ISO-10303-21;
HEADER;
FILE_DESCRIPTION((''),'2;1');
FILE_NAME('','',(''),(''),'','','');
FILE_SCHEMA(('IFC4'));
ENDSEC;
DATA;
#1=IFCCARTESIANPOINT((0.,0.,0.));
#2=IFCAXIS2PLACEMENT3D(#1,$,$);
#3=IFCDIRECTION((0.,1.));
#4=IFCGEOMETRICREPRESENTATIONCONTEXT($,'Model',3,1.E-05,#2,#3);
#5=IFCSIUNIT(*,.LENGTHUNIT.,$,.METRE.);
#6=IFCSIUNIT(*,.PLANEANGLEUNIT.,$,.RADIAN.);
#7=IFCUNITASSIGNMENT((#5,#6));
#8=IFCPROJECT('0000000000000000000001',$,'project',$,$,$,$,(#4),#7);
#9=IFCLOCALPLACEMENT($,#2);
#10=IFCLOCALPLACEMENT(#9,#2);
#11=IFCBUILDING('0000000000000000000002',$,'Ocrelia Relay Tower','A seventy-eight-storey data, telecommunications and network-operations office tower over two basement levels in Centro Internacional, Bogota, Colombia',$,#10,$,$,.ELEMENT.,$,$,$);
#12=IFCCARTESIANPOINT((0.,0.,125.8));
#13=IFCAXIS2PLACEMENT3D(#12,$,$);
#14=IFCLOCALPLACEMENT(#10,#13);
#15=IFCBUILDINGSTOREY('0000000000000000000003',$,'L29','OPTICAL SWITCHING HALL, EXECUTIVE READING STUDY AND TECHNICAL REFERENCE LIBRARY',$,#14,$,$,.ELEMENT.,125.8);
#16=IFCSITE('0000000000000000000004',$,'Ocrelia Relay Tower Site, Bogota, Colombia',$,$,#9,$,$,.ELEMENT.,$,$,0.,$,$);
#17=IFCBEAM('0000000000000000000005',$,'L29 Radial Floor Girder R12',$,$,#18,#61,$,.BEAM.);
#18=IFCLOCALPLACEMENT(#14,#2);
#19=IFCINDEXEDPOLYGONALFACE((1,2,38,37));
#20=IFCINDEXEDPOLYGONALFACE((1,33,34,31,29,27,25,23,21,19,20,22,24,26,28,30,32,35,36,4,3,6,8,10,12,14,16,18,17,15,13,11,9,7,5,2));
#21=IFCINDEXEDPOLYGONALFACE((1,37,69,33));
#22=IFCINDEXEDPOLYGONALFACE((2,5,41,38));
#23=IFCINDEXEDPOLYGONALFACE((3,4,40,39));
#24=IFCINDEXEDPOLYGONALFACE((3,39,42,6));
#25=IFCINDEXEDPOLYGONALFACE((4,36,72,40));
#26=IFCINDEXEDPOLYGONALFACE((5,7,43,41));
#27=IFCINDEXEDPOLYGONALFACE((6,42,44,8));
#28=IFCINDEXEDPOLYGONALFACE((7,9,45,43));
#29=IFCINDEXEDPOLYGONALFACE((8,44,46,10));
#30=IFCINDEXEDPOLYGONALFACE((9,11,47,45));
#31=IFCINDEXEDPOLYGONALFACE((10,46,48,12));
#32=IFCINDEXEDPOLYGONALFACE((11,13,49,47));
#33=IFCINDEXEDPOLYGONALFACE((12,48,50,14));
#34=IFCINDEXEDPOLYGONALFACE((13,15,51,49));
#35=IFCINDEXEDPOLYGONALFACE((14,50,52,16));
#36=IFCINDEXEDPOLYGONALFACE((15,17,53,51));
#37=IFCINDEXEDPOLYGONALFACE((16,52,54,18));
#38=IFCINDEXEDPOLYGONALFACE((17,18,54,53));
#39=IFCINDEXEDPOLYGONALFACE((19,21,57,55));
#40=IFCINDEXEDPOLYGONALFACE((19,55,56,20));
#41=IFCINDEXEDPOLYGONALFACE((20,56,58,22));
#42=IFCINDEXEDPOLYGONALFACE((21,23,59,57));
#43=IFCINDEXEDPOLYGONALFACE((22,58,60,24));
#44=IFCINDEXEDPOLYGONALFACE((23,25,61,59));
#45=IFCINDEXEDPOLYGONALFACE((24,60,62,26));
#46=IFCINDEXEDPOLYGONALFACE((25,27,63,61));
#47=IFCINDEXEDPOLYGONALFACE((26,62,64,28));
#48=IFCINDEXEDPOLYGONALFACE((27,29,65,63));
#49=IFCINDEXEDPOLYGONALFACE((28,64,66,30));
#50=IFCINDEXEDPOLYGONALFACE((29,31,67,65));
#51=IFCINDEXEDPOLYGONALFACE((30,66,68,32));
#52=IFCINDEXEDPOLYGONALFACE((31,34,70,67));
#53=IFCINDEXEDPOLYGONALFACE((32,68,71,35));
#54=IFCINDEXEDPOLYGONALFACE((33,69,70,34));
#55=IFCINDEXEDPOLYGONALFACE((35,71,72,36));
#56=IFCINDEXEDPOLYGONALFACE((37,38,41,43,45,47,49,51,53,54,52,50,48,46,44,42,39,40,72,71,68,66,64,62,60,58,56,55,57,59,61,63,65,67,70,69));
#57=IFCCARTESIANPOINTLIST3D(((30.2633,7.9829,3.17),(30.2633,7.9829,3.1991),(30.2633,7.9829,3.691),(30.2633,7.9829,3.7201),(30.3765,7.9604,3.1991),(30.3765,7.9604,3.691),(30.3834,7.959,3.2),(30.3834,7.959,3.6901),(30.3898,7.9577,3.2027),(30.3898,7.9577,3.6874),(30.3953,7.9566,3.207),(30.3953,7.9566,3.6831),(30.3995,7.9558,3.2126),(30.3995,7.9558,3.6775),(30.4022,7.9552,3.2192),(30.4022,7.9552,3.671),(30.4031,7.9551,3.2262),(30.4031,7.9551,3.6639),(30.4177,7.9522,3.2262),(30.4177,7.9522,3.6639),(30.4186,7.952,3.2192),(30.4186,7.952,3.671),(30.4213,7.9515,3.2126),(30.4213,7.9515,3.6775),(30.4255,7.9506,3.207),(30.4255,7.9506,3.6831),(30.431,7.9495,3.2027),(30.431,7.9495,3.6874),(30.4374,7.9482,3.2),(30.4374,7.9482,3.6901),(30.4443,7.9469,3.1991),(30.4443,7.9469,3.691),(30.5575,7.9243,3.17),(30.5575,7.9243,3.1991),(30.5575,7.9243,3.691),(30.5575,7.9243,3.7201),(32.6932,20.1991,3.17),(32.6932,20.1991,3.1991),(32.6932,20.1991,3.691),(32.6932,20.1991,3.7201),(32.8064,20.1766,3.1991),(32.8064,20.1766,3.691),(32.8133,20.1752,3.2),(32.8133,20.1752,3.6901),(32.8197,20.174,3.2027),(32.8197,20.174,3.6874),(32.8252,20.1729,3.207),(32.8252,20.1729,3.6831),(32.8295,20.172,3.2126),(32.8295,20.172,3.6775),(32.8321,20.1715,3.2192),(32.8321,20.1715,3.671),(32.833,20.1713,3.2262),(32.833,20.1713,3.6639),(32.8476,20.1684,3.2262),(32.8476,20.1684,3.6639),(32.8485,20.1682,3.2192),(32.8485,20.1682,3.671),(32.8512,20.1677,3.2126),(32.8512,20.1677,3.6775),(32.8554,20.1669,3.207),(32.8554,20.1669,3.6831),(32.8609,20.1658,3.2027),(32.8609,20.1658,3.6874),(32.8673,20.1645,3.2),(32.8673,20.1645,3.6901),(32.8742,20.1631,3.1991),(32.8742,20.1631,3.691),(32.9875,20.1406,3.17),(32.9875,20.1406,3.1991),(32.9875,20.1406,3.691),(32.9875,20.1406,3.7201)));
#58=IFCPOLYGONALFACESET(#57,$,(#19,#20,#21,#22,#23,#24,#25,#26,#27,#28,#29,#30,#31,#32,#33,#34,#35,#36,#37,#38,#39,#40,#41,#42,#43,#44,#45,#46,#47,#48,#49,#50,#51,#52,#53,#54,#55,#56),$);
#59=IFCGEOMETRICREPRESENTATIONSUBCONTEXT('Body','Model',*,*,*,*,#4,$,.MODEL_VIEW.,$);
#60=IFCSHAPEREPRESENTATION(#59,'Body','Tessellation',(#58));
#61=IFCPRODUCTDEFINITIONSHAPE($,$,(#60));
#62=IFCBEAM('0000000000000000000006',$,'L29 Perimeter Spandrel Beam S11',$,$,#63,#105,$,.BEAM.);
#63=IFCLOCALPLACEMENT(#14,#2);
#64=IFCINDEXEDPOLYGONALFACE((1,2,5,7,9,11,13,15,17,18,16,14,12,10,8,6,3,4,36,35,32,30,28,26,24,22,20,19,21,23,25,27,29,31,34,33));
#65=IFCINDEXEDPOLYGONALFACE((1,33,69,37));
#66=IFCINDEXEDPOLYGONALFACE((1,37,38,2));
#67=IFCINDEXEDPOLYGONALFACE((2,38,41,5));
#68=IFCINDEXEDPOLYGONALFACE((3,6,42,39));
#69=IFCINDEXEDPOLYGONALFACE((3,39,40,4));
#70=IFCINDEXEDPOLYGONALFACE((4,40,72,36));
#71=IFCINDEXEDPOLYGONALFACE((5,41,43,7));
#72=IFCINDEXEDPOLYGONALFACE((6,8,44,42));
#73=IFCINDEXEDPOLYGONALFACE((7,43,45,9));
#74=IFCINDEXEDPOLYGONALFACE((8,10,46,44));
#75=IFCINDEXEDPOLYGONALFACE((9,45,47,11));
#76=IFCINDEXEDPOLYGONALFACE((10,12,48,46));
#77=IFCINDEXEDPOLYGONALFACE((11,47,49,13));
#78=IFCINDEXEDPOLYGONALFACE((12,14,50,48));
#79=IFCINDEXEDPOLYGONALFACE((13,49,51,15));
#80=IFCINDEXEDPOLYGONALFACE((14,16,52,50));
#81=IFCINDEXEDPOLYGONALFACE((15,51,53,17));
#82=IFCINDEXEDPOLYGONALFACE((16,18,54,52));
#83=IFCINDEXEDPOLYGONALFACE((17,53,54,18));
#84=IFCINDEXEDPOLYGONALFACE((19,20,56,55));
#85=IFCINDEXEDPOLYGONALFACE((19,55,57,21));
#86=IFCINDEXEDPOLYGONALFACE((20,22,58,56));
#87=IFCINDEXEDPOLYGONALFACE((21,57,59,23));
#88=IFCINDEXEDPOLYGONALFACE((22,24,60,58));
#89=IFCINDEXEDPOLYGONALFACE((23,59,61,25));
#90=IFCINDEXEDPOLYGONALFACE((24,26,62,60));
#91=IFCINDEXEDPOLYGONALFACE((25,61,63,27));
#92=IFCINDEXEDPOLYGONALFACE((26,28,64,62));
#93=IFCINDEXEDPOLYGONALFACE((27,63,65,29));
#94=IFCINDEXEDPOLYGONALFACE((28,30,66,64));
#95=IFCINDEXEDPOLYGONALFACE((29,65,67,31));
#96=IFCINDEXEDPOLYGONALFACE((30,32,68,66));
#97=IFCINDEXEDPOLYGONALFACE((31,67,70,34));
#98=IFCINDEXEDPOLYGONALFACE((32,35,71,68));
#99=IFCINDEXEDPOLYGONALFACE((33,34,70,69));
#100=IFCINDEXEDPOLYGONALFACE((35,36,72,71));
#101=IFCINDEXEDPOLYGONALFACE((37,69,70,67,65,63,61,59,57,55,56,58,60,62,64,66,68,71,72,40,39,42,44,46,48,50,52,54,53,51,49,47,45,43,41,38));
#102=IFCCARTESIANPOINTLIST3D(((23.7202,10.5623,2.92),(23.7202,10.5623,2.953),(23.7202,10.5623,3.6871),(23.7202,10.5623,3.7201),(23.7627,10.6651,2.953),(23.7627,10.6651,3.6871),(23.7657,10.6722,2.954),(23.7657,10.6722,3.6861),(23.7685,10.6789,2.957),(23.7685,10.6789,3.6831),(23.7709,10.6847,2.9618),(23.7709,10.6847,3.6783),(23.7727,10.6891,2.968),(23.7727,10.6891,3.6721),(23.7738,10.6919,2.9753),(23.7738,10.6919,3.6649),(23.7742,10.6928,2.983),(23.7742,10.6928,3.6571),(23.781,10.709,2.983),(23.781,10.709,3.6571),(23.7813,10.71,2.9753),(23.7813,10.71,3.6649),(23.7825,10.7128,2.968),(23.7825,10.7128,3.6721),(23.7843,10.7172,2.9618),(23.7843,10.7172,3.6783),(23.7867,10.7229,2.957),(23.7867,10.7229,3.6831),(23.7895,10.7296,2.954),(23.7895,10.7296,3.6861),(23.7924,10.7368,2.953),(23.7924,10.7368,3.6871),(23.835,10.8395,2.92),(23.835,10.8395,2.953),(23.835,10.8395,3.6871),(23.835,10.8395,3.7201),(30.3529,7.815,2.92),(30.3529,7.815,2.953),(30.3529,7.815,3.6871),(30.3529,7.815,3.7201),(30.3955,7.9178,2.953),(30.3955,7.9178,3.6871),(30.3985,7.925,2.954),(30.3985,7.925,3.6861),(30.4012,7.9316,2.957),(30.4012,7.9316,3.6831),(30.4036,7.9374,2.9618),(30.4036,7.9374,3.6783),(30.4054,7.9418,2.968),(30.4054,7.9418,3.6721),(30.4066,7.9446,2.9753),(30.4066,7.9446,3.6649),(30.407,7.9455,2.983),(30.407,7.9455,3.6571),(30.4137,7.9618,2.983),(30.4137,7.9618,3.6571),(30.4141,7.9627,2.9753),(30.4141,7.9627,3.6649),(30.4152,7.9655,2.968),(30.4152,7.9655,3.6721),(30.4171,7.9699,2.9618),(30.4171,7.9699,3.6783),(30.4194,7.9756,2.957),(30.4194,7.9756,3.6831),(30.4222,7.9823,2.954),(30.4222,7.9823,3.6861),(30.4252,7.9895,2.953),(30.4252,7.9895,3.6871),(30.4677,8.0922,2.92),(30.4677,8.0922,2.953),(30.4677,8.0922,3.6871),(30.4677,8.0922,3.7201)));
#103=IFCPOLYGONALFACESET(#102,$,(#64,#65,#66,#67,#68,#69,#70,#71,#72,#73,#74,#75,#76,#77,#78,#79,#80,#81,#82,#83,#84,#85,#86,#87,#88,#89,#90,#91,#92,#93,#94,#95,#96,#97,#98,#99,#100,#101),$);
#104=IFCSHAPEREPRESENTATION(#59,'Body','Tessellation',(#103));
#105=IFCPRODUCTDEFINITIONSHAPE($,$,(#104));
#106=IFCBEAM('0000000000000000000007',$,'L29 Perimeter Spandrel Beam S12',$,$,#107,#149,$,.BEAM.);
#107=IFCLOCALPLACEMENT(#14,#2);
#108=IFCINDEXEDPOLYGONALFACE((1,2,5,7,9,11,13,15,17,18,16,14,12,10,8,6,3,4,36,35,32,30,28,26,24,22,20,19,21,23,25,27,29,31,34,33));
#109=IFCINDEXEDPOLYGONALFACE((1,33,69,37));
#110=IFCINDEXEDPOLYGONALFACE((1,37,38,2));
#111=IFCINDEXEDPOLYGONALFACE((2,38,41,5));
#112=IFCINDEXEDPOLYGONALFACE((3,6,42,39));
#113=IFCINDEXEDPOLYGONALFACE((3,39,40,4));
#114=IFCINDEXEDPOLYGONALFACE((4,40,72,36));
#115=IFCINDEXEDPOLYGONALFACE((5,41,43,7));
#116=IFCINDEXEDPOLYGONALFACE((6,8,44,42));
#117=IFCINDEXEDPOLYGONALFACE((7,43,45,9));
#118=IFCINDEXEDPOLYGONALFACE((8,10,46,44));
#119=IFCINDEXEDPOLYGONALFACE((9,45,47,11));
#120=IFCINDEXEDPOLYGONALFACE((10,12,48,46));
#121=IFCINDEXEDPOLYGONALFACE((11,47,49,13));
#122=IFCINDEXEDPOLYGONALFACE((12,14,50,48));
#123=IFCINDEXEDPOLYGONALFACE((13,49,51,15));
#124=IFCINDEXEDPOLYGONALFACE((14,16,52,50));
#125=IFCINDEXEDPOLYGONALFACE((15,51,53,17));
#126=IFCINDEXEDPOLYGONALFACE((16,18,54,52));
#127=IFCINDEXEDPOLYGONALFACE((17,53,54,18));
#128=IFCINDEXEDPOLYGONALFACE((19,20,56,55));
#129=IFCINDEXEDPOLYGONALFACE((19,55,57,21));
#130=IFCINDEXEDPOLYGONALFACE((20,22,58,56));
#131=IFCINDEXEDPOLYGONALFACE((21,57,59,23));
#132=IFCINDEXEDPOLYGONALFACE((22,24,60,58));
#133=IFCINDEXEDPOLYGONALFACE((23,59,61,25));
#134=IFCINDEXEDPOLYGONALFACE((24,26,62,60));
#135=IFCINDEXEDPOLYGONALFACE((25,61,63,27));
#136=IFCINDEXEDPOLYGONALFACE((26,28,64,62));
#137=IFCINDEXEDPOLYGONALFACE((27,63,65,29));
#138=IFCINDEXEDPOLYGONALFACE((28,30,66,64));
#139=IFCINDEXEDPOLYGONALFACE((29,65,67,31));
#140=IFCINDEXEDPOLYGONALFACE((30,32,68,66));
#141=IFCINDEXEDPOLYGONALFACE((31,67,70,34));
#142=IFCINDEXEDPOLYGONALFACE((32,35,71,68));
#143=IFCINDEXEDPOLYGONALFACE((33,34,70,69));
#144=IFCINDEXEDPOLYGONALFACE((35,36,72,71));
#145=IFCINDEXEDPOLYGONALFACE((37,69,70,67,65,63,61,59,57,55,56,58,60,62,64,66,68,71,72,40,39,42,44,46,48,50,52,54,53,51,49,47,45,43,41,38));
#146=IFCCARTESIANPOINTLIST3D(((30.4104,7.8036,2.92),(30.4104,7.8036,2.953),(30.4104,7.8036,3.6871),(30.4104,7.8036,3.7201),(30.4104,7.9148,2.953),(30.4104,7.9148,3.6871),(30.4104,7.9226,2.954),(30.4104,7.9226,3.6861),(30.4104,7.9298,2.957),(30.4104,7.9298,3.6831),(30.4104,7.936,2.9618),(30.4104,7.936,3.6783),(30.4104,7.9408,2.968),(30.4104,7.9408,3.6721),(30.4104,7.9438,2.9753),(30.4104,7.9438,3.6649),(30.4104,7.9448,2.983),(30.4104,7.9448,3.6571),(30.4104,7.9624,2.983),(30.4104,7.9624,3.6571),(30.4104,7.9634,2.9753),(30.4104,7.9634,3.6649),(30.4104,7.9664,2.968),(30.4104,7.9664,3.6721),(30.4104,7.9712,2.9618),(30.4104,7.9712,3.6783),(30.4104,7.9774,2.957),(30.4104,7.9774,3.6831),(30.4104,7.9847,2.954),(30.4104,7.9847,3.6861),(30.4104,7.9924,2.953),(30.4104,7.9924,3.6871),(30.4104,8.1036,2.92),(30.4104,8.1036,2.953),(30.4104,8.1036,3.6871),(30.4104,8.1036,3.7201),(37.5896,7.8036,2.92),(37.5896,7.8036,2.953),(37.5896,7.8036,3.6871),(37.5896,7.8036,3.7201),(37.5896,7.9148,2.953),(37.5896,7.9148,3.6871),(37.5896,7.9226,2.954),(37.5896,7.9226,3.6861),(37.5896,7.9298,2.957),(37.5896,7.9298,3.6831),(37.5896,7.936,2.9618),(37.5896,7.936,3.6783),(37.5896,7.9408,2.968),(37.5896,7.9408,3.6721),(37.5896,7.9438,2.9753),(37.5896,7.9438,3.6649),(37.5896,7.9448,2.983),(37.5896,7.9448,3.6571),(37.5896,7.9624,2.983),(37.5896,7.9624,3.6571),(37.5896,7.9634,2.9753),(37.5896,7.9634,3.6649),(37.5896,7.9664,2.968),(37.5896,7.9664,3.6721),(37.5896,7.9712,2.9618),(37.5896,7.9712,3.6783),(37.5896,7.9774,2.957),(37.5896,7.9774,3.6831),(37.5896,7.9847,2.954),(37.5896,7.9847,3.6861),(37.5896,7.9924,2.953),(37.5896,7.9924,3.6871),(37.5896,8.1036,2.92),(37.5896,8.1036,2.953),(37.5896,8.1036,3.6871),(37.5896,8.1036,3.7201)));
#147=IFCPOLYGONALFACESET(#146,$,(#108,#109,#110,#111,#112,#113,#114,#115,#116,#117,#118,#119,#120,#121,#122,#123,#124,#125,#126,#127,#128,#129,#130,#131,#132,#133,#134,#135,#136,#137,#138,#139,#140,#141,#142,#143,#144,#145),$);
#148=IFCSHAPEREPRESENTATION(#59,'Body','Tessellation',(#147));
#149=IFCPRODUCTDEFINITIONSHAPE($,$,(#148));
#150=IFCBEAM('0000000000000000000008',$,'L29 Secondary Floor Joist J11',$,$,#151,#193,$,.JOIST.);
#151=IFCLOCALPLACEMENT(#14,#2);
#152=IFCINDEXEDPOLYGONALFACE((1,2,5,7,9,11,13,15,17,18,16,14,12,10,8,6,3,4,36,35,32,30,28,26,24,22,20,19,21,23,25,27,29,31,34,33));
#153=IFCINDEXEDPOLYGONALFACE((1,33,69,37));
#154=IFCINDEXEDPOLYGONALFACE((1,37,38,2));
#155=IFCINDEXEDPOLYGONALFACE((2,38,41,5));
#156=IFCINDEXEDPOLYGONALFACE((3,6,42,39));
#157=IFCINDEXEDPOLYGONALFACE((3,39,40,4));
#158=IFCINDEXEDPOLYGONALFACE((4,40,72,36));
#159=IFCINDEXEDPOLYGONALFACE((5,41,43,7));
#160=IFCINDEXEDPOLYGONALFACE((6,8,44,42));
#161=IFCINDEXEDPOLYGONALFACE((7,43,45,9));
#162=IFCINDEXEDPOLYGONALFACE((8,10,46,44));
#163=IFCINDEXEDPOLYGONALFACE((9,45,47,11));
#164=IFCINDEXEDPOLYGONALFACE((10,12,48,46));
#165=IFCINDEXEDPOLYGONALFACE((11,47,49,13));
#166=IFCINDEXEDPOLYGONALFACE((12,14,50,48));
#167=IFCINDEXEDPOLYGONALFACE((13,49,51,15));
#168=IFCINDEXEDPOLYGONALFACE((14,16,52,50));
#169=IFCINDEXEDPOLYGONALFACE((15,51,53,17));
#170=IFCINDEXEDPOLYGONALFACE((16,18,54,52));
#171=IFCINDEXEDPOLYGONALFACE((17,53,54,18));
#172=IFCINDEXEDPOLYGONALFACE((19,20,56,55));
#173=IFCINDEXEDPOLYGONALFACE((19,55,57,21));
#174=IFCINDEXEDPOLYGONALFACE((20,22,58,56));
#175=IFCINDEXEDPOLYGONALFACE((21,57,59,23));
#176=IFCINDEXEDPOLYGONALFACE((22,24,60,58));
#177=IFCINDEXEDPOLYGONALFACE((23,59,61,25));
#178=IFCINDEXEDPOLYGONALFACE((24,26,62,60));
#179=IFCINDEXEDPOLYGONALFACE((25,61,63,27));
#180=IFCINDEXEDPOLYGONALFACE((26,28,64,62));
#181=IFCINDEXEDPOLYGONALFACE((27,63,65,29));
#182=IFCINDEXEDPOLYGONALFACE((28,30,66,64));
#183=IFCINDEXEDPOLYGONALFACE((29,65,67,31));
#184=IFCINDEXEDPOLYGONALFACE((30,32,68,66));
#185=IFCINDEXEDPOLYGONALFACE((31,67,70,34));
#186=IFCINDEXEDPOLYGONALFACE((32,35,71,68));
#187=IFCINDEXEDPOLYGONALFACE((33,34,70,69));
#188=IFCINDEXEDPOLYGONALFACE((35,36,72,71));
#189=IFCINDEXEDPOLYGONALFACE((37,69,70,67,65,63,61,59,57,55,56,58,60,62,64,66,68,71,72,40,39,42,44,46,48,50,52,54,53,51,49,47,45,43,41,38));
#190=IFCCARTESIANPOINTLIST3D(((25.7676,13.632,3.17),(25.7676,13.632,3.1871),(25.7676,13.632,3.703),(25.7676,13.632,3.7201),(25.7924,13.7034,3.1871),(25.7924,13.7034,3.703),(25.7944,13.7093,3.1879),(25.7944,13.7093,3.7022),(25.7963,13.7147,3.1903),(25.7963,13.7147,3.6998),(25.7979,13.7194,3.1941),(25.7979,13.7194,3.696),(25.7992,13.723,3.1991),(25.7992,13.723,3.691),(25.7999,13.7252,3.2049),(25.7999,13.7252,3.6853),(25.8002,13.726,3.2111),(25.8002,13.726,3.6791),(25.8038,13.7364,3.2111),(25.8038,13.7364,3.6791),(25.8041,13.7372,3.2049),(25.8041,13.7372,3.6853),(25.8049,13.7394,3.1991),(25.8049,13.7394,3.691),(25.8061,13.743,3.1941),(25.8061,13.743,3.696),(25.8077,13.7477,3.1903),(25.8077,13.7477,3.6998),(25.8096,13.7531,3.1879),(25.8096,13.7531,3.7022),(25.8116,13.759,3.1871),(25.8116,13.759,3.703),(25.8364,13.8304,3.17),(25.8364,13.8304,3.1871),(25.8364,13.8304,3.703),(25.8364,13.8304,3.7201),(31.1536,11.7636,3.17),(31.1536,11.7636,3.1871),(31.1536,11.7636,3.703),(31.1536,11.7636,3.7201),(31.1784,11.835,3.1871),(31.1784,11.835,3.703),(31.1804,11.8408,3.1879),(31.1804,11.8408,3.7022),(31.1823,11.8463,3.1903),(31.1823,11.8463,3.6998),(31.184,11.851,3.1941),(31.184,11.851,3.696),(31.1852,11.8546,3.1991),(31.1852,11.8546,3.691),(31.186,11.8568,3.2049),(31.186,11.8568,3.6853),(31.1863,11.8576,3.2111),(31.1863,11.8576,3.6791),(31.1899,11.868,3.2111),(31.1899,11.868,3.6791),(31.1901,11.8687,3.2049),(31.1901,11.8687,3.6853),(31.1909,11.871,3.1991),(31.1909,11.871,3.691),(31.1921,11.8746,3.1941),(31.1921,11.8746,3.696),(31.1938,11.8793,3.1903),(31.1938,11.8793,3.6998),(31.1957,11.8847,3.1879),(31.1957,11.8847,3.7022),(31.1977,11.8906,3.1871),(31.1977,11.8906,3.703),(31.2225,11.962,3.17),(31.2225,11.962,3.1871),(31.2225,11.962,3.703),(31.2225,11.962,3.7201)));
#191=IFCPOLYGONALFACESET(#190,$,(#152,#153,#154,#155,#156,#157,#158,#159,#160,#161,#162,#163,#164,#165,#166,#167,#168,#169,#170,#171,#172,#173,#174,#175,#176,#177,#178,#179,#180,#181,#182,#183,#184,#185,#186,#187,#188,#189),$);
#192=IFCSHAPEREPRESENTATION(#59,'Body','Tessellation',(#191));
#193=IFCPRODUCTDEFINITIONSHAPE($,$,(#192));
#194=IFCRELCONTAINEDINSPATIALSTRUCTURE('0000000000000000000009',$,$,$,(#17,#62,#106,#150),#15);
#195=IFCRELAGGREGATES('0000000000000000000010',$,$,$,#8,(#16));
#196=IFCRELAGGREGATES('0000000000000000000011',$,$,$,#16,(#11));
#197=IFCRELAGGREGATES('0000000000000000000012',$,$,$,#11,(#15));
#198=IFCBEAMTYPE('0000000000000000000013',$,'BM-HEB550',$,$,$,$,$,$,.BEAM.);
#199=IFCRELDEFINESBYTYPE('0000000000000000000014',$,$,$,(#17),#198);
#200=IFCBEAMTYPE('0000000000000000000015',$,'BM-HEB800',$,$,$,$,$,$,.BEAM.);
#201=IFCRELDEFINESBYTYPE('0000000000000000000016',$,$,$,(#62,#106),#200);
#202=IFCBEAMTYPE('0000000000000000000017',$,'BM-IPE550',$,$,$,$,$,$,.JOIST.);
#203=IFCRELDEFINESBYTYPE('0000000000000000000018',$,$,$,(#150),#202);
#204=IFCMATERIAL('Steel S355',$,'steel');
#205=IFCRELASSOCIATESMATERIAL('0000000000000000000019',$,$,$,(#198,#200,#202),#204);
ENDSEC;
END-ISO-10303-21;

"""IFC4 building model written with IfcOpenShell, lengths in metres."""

from ifc_helpers import new_model, si_unit, direction, frame, origin, origin_2d, place, context, subcontext, project, spatial, i_section, extrude, material, material_profile, profile_set, type_object, element, save


model = new_model("IFC4")

# Units and contexts
model_context = context("Model", 3, precision=1e-05, world=origin(), true_north=direction((0.0, 1.0)))
body_context = subcontext(model_context, "Body", "Model", "MODEL_VIEW")
ifc_project = project(units=[si_unit("LENGTHUNIT", "METRE"), si_unit("PLANEANGLEUNIT", "RADIAN")], contexts=[model_context])

# Site, building, storey
site_placement = place(None, origin())
site = spatial("IfcSite", under=ifc_project, at=site_placement, Name="Ocrelia Relay Tower Site, Bogota, Colombia", CompositionType="ELEMENT", RefElevation=0.0)
building_placement = place(site_placement, origin())
building = spatial("IfcBuilding", under=site, at=building_placement, Name="Ocrelia Relay Tower", Description="A seventy-eight-storey data, telecommunications and network-operations office tower over two basement levels in Centro Internacional, Bogota, Colombia", CompositionType="ELEMENT")
storey_placement = place(building_placement, frame((0.0, 0.0, 125.8)))
storey = spatial("IfcBuildingStorey", under=building, at=storey_placement, Name="L29", Description="OPTICAL SWITCHING HALL, EXECUTIVE READING STUDY AND TECHNICAL REFERENCE LIBRARY", CompositionType="ELEMENT", Elevation=125.8)

# Beams
ifc_material_1 = material(Name="Steel S355", Category="steel")
ifc_material_profile_1 = material_profile(ifc_material_1, i_section(OverallWidth=0.3, OverallDepth=0.55, WebThickness=0.0149, FlangeThickness=0.0291, FilletRadius=0.0271, at=origin_2d()), Name="HEB 550")
ifc_profile_set_1 = profile_set([ifc_material_profile_1], Name="Steel S355")
beam_type_1 = type_object("IfcBeamType", Name="BM-HEB550", PredefinedType="BEAM", material=ifc_profile_set_1)
beam_1_placement = place(storey_placement, frame((30.4104, 7.9536, 3.4451), z_axis=(0.195087, 0.980786, 0.0), x_axis=(-0.980786, 0.195087, 0.0)))
element("IfcBeam", 1, at=beam_1_placement, inside=storey, type_object=beam_type_1, Name="L29 Radial Floor Girder R12", PredefinedType="BEAM", context=body_context, shape_type="SweptSolid", body=[
    extrude(i_section(OverallWidth=0.3, OverallDepth=0.55, WebThickness=0.0149, FlangeThickness=0.0291, FilletRadius=0.0271, at=origin_2d()), origin(), (0.0, 0.0, 1.0), 12.4556),
])
ifc_material_profile_2 = material_profile(ifc_material_1, i_section(OverallWidth=0.3, OverallDepth=0.8, WebThickness=0.0176, FlangeThickness=0.033, FilletRadius=0.03, at=origin_2d()), Name="HEB 800")
ifc_profile_set_2 = profile_set([ifc_material_profile_2], Name="Steel S355")
beam_type_2 = type_object("IfcBeamType", Name="BM-HEB800", PredefinedType="BEAM", material=ifc_profile_set_2)
for number, where, z_axis, x_axis, name in (
    (2, (23.7776, 10.7009, 3.3201), (0.923884, -0.382673, 0.0), (0.382673, 0.923884, 0.0), "L29 Perimeter Spandrel Beam S11"),
    (3, (30.4104, 7.9536, 3.3201), (1.0, 0.0, 0.0), (0.0, 1.0, 0.0), "L29 Perimeter Spandrel Beam S12"),
):
    element("IfcBeam", number, at=place(storey_placement, frame(where, z_axis=z_axis, x_axis=x_axis)), inside=storey, type_object=beam_type_2, Name=name, PredefinedType="BEAM", context=body_context, shape_type="SweptSolid", body=[
        extrude(i_section(OverallWidth=0.3, OverallDepth=0.8, WebThickness=0.0176, FlangeThickness=0.033, FilletRadius=0.03, at=origin_2d()), origin(), (0.0, 0.0, 1.0), 7.1792),
    ])
ifc_material_profile_3 = material_profile(ifc_material_1, i_section(OverallWidth=0.21, OverallDepth=0.55, WebThickness=0.011, FlangeThickness=0.0171, FilletRadius=0.0239, at=origin_2d()), Name="IPE 550")
ifc_profile_set_3 = profile_set([ifc_material_profile_3], Name="Steel S355")
beam_type_3 = type_object("IfcBeamType", Name="BM-IPE550", PredefinedType="JOIST", material=ifc_profile_set_3)
beam_2_placement = place(storey_placement, frame((25.802, 13.7312, 3.4451), z_axis=(0.944767, -0.327741, 0.0), x_axis=(0.327741, 0.944767, 0.0)))
element("IfcBeam", 4, at=beam_2_placement, inside=storey, type_object=beam_type_3, Name="L29 Secondary Floor Joist J11", PredefinedType="JOIST", context=body_context, shape_type="SweptSolid", body=[
    extrude(i_section(OverallWidth=0.21, OverallDepth=0.55, WebThickness=0.011, FlangeThickness=0.0171, FilletRadius=0.0239, at=origin_2d()), origin(), (0.0, 0.0, 1.0), 5.7009),
])

save(model, "model.ifc")
